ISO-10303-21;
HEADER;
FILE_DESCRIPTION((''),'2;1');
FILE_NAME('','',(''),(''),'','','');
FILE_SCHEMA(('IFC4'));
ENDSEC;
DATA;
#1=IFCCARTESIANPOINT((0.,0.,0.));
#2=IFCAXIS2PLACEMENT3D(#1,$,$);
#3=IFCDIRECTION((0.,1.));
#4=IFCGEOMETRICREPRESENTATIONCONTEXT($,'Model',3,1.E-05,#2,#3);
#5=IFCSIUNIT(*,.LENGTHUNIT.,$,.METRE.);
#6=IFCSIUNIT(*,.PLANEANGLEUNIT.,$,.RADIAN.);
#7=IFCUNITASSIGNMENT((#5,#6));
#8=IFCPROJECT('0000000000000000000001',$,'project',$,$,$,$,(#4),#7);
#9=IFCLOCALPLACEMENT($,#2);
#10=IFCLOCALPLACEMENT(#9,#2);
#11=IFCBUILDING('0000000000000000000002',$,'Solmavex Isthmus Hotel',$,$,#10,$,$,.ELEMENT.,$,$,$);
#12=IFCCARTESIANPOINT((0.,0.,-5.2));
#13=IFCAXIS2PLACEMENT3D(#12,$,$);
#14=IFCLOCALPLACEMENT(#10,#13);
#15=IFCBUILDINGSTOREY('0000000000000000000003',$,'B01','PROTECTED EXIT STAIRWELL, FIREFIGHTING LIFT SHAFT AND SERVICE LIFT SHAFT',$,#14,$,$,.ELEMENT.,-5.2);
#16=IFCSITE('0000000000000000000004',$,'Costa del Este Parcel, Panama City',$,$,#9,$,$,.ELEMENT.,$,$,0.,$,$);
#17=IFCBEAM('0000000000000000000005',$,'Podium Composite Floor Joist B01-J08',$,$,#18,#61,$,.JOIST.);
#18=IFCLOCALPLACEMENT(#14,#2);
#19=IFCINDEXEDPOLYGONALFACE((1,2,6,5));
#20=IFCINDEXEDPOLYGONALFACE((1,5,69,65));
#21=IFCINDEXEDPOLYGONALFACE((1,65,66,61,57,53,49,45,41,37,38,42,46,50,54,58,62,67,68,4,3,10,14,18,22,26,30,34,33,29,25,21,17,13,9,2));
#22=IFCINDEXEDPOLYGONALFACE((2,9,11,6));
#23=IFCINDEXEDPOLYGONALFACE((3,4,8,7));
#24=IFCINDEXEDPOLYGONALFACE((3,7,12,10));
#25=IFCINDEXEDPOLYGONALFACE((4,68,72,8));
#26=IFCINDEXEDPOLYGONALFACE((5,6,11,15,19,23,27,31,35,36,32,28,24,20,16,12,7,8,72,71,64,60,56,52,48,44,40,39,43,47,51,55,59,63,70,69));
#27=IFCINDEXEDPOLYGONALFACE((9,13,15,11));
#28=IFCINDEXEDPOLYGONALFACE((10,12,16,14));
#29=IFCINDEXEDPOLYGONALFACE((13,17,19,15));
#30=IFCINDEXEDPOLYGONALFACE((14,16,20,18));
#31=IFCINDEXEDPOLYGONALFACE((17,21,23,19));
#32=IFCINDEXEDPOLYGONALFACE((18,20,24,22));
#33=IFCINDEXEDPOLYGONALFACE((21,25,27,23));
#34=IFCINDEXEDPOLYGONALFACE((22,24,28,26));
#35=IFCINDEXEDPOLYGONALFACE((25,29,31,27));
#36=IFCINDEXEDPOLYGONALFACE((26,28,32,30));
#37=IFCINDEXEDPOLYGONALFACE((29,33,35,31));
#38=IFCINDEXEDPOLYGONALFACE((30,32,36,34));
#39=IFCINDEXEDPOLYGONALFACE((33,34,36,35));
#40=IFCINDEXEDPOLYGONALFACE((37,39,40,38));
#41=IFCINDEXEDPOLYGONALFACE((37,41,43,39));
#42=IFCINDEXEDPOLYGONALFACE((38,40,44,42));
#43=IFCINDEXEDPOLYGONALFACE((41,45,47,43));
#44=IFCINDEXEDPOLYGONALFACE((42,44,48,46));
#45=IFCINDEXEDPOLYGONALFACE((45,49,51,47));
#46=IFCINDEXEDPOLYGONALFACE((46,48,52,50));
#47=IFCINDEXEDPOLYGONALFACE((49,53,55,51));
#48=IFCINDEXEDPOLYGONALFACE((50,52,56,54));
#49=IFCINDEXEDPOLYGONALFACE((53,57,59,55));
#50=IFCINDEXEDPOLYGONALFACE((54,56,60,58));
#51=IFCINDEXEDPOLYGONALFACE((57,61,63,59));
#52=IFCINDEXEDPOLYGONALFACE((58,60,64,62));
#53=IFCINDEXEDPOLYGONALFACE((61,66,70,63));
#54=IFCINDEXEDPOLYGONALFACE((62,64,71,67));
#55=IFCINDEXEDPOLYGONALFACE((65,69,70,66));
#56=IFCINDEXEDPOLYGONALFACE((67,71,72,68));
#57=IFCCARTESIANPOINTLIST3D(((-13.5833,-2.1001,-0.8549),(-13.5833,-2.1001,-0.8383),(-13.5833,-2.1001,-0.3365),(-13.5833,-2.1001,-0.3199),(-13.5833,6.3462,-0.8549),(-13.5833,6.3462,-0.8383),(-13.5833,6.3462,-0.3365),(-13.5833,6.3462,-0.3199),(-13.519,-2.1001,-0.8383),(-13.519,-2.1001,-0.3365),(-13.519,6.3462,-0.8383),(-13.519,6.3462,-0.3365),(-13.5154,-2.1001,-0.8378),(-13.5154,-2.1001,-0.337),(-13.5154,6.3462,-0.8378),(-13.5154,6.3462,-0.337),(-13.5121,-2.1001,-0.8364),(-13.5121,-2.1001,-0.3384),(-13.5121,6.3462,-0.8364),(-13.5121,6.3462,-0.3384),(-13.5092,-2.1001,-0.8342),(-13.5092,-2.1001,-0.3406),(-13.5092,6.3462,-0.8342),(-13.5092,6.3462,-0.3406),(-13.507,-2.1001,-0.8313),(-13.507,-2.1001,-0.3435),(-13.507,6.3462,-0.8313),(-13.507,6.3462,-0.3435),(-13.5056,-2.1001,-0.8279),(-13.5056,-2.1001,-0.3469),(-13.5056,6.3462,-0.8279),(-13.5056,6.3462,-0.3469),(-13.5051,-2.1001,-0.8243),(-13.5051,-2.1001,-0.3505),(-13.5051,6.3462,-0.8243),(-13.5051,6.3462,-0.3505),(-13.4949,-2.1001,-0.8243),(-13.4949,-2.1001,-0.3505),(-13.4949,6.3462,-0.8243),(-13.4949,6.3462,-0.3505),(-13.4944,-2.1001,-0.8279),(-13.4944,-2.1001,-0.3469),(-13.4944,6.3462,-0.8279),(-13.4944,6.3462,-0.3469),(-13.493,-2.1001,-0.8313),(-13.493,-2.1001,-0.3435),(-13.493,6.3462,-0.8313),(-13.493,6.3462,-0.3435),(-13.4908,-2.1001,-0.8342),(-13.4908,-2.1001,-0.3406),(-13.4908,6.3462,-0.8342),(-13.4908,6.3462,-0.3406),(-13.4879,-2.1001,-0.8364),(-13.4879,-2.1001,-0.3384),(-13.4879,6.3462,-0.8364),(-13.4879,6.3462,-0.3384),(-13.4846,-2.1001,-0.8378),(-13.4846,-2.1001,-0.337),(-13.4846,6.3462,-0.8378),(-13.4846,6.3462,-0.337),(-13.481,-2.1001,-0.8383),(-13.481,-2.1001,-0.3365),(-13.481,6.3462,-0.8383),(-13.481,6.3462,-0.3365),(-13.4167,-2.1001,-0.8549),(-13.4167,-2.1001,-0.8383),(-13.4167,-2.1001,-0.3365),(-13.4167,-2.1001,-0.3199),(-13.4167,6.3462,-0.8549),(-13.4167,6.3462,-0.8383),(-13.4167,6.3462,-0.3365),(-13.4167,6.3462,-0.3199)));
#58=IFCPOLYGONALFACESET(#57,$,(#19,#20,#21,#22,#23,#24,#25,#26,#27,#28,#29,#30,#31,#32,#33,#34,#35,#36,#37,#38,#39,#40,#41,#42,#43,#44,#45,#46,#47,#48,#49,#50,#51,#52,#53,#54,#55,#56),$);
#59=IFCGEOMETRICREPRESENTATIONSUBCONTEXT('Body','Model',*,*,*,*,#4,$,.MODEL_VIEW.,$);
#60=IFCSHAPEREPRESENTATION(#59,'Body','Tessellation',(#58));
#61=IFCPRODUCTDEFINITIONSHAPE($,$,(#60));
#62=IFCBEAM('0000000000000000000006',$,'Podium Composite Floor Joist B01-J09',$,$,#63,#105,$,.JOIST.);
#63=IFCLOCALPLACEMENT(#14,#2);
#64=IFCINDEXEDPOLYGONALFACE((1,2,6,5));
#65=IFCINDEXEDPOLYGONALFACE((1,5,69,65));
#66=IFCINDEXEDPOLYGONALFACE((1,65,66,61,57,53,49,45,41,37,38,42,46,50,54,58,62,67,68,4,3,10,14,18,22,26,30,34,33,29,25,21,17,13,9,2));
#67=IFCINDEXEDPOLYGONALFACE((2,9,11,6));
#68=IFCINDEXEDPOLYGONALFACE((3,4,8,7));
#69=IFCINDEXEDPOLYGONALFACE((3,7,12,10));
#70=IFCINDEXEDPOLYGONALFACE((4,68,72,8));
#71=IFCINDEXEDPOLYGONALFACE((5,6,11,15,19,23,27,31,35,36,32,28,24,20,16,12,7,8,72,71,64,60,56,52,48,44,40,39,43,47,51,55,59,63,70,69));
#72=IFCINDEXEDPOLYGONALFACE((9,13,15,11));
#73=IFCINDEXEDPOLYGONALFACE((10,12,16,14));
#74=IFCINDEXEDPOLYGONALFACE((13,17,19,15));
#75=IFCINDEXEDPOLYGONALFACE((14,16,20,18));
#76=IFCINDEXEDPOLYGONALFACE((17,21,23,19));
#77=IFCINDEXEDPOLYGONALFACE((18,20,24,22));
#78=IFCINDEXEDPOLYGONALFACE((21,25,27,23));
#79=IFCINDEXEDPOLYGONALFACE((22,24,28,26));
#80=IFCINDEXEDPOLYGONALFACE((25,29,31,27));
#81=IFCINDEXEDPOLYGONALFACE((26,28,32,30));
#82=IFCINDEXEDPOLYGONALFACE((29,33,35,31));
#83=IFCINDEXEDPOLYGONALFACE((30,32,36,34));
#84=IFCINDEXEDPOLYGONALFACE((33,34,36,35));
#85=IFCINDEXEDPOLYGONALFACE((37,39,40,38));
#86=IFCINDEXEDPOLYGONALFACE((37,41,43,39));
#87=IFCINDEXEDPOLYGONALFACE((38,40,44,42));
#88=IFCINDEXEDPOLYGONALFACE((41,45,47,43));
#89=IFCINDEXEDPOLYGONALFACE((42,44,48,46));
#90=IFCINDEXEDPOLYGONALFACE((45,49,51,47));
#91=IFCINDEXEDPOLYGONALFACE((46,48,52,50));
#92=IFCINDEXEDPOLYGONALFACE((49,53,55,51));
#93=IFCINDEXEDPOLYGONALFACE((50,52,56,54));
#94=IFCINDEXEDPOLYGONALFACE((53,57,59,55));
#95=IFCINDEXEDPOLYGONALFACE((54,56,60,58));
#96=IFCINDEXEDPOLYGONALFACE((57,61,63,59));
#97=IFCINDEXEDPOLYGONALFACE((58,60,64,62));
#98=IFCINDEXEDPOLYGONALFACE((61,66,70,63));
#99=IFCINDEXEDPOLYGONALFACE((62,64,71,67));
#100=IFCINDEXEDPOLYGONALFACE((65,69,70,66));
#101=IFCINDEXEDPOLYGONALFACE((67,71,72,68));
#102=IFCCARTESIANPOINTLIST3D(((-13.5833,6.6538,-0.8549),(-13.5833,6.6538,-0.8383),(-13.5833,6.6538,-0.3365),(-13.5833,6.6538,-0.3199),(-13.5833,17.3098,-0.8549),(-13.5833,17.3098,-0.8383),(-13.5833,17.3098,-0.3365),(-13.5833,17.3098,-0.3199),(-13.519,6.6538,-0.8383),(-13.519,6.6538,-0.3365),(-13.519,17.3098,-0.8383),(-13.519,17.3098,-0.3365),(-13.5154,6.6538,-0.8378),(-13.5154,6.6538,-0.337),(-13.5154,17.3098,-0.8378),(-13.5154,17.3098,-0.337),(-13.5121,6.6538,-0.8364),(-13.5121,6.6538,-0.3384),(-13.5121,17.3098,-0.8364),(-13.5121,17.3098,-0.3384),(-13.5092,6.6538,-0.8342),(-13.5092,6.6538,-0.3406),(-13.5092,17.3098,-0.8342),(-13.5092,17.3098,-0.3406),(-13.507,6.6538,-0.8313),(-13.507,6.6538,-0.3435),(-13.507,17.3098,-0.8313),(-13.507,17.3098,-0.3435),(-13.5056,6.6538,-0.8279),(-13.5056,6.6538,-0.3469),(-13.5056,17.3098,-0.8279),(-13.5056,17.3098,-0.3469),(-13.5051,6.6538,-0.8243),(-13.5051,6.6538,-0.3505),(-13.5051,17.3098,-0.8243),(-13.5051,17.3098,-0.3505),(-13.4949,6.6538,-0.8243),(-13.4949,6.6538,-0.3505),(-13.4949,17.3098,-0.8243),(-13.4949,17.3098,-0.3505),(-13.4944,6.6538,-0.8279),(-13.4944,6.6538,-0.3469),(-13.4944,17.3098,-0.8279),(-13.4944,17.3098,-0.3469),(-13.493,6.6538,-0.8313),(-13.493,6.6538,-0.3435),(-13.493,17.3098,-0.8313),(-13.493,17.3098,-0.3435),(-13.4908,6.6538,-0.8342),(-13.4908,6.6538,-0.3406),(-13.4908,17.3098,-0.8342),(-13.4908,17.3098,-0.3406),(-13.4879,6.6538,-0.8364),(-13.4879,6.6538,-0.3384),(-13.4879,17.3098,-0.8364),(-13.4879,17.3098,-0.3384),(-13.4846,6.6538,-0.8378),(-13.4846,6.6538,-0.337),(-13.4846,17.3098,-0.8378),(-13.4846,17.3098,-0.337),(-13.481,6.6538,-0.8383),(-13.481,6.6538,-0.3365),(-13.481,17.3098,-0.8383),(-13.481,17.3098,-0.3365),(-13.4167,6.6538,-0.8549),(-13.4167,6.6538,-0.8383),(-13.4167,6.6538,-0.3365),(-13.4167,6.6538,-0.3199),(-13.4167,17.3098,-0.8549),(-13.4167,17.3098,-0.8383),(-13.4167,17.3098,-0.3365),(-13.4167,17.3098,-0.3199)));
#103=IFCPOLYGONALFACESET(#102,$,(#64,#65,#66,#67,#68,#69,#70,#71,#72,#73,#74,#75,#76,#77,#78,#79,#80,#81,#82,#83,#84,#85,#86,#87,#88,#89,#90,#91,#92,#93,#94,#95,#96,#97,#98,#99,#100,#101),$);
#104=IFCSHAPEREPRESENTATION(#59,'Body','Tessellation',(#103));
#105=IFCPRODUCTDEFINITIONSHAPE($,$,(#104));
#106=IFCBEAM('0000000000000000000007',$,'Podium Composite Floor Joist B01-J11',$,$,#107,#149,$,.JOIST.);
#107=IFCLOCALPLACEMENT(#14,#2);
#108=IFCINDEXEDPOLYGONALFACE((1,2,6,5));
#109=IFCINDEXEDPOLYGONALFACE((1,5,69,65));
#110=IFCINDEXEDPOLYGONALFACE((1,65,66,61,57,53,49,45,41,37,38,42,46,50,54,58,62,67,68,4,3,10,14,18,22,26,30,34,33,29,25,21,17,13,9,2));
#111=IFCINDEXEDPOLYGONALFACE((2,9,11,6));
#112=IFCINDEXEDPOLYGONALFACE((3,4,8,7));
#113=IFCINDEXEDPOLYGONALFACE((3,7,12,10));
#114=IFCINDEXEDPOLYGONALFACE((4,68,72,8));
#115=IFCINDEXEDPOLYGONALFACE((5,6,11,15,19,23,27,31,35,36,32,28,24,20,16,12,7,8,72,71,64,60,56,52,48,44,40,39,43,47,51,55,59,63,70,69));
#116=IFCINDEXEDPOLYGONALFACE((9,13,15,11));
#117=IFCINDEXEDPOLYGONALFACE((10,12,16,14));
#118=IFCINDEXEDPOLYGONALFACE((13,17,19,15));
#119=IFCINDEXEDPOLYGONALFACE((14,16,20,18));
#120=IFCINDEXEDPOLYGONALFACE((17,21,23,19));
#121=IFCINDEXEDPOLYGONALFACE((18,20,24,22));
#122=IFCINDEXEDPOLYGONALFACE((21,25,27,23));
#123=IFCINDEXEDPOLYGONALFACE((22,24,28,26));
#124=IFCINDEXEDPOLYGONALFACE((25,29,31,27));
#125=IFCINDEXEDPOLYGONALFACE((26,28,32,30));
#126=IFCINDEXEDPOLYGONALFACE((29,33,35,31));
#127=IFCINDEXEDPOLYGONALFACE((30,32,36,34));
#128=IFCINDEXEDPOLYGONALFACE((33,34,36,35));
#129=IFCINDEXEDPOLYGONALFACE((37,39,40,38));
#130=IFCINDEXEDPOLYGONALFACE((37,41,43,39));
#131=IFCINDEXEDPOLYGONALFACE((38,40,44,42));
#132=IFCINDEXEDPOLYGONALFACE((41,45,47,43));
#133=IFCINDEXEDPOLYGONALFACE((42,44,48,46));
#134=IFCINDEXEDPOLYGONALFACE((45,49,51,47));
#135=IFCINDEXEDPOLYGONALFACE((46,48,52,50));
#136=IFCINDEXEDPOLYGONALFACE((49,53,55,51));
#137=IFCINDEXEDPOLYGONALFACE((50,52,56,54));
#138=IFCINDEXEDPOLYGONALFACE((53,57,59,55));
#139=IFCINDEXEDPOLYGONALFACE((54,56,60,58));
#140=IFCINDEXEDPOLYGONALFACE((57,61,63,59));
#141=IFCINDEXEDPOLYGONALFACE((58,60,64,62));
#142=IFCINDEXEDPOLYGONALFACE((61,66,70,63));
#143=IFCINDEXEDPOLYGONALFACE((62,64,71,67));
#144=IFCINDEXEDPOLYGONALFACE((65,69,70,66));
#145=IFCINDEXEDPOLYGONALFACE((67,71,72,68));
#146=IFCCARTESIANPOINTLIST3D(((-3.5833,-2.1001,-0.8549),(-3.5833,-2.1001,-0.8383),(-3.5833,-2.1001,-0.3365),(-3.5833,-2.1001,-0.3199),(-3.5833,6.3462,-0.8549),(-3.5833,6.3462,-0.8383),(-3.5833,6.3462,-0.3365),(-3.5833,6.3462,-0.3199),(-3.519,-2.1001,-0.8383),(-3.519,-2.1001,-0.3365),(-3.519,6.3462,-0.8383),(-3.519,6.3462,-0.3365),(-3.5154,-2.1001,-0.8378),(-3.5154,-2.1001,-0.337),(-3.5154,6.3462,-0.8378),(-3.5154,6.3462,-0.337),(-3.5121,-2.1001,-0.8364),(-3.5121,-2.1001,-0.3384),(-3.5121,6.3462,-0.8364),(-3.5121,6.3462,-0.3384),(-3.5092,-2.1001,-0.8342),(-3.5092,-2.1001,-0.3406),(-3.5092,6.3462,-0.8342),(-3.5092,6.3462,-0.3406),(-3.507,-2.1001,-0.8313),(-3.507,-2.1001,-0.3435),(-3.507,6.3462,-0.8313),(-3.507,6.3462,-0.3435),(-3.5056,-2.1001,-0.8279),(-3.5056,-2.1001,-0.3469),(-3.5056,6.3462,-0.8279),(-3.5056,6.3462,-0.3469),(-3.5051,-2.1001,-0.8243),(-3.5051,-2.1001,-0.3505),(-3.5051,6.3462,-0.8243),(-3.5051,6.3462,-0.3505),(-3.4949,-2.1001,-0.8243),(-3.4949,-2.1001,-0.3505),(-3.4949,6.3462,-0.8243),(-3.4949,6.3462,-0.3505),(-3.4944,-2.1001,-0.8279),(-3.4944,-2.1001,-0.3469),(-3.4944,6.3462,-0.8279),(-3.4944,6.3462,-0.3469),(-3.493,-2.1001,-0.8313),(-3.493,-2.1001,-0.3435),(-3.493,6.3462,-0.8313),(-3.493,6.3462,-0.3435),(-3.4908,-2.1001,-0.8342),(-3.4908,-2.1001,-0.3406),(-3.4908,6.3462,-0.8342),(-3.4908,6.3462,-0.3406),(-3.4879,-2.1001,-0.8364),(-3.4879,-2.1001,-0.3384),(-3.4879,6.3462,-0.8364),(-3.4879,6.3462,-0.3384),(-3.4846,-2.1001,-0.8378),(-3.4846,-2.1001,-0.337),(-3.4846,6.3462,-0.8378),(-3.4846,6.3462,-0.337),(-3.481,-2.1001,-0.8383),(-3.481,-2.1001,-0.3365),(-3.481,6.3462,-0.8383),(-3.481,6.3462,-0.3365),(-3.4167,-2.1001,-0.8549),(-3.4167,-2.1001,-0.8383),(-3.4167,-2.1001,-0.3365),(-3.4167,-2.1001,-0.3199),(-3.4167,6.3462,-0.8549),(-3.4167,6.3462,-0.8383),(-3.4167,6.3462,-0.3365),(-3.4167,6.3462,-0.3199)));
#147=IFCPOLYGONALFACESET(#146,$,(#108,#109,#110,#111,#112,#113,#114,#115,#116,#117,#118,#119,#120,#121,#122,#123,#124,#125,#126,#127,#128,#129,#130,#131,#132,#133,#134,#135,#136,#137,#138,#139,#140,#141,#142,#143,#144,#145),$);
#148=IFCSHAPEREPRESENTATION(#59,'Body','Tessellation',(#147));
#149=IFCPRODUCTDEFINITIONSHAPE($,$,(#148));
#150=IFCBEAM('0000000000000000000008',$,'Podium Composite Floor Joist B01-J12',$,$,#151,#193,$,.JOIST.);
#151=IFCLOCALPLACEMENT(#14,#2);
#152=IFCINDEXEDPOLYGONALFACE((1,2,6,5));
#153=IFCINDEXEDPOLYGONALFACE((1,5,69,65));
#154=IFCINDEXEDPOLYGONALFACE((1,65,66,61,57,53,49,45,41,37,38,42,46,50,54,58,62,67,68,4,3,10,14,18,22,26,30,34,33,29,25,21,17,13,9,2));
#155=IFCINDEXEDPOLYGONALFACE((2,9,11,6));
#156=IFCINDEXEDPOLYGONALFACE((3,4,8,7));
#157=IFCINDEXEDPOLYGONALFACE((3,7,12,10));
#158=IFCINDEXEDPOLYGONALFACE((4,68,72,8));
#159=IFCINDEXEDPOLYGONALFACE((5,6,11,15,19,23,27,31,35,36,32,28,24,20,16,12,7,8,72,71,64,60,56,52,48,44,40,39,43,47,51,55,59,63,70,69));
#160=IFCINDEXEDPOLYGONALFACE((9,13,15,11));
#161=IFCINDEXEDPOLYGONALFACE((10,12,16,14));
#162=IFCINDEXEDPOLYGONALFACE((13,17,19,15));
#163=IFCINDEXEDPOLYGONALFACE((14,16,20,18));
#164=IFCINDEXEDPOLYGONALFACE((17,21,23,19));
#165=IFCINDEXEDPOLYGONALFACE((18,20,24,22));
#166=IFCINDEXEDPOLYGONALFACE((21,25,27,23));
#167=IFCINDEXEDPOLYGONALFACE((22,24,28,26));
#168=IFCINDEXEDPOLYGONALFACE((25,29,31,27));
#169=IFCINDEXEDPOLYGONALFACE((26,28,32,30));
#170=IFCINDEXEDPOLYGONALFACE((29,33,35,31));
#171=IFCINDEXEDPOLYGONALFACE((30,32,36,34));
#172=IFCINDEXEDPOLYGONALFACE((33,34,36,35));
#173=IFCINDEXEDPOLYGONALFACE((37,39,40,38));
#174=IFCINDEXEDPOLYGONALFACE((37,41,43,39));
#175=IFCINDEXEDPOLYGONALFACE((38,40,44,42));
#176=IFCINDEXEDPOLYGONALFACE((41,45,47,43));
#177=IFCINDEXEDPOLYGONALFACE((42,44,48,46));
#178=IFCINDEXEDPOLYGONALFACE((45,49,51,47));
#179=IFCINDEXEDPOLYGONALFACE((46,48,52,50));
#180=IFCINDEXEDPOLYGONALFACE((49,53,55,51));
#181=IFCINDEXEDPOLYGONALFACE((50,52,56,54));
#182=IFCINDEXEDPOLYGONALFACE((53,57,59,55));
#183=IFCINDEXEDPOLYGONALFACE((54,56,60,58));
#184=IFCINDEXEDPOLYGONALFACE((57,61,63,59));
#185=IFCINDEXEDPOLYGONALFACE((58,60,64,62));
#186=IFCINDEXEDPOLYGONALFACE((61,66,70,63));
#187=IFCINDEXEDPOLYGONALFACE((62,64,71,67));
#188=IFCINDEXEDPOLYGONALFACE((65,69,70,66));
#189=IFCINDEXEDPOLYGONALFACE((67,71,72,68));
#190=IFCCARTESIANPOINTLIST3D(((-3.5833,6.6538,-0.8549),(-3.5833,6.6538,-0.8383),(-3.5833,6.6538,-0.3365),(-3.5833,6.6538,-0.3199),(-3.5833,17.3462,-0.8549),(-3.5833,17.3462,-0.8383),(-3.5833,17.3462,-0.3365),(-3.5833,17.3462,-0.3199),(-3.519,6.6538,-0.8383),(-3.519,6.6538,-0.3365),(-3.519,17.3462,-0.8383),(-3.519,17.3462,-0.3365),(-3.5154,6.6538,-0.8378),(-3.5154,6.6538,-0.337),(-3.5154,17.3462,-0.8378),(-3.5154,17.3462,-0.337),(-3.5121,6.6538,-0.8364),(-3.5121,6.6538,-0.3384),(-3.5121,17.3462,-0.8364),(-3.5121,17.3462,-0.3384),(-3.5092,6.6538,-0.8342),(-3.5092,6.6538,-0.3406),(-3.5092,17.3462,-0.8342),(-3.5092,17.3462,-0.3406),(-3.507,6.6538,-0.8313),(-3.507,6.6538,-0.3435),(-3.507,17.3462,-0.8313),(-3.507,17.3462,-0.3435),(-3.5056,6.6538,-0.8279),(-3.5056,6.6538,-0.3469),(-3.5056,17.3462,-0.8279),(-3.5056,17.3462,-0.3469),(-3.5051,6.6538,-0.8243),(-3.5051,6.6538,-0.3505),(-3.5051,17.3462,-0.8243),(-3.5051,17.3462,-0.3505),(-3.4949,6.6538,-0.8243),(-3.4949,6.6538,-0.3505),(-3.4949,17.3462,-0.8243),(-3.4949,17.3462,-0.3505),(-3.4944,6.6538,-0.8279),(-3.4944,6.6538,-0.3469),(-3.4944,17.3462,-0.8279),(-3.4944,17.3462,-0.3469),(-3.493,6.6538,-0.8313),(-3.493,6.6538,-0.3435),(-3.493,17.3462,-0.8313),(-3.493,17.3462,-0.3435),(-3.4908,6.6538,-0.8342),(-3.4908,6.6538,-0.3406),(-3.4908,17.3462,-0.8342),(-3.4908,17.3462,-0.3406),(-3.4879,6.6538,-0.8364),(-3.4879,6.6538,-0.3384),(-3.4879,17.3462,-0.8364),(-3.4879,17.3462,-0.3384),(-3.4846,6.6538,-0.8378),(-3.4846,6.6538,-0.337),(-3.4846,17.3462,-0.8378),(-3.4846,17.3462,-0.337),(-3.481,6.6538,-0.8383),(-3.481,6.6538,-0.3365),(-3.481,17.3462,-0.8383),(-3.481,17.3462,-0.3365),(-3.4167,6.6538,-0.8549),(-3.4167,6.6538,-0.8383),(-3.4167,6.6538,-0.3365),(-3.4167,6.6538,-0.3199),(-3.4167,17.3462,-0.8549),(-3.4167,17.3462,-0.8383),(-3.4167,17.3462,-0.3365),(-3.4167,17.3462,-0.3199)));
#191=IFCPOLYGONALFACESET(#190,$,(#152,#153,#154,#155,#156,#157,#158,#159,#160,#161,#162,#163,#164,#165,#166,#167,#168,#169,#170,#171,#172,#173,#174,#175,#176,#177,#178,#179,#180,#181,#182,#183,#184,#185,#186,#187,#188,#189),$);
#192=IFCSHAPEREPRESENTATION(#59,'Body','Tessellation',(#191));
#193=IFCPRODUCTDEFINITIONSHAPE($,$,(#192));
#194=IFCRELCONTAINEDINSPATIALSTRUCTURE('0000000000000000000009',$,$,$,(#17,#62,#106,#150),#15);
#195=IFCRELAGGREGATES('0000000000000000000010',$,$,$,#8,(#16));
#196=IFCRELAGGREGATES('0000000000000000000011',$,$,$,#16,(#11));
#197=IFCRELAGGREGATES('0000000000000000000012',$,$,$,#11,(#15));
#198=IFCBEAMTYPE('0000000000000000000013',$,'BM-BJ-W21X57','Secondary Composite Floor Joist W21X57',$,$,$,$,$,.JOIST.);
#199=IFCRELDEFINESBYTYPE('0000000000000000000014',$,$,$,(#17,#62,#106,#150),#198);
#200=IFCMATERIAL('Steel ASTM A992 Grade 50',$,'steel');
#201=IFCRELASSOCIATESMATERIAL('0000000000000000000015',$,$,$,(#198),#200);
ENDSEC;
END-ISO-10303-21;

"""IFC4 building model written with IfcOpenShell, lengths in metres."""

from ifc_helpers import new_model, si_unit, direction, frame, origin, origin_2d, place, context, subcontext, project, spatial, i_section, extrude, material, material_profile, profile_set, type_object, element, save


model = new_model("IFC4")

# Units and contexts
model_context = context("Model", 3, precision=1e-05, world=origin(), true_north=direction((0.0, 1.0)))
body_context = subcontext(model_context, "Body", "Model", "MODEL_VIEW")
ifc_project = project(units=[si_unit("LENGTHUNIT", "METRE"), si_unit("PLANEANGLEUNIT", "RADIAN")], contexts=[model_context])

# Site, building, storey
site_placement = place(None, origin())
site = spatial("IfcSite", under=ifc_project, at=site_placement, Name="Costa del Este Parcel, Panama City", CompositionType="ELEMENT", RefElevation=0.0)
building_placement = place(site_placement, origin())
building = spatial("IfcBuilding", under=site, at=building_placement, Name="Solmavex Isthmus Hotel", CompositionType="ELEMENT")
storey_placement = place(building_placement, frame((0.0, 0.0, -5.2)))
storey = spatial("IfcBuildingStorey", under=building, at=storey_placement, Name="B01", Description="PROTECTED EXIT STAIRWELL, FIREFIGHTING LIFT SHAFT AND SERVICE LIFT SHAFT", CompositionType="ELEMENT", Elevation=-5.2)

# Beams
ifc_material_1 = material(Name="Steel ASTM A992 Grade 50", Category="steel")
ifc_material_profile_1 = material_profile(ifc_material_1, i_section(OverallWidth=0.1665, OverallDepth=0.5349, WebThickness=0.0103, FlangeThickness=0.0166, FilletRadius=0.0139, at=origin_2d()), Name="W21X57")
ifc_profile_set_1 = profile_set([ifc_material_profile_1], Name="Steel ASTM A992 Grade 50")
beam_type_1 = type_object("IfcBeamType", Name="BM-BJ-W21X57", Description="Secondary Composite Floor Joist W21X57", PredefinedType="JOIST", material=ifc_profile_set_1)
beam_1_placement = place(storey_placement, frame((-13.5, -2.1001, -0.5874), z_axis=(0.0, 1.0, 0.0), x_axis=(-1.0, 0.0, 0.0)))
element("IfcBeam", 1, at=beam_1_placement, inside=storey, type_object=beam_type_1, Name="Podium Composite Floor Joist B01-J08", PredefinedType="JOIST", context=body_context, shape_type="SweptSolid", body=[
    extrude(i_section(OverallWidth=0.1665, OverallDepth=0.5349, WebThickness=0.0103, FlangeThickness=0.0166, FilletRadius=0.0139, at=origin_2d()), origin(), (0.0, 0.0, 1.0), 8.4463),
])
beam_2_placement = place(storey_placement, frame((-13.5, 6.6538, -0.5874), z_axis=(0.0, 1.0, 0.0), x_axis=(-1.0, 0.0, 0.0)))
element("IfcBeam", 2, at=beam_2_placement, inside=storey, type_object=beam_type_1, Name="Podium Composite Floor Joist B01-J09", PredefinedType="JOIST", context=body_context, shape_type="SweptSolid", body=[
    extrude(i_section(OverallWidth=0.1665, OverallDepth=0.5349, WebThickness=0.0103, FlangeThickness=0.0166, FilletRadius=0.0139, at=origin_2d()), origin(), (0.0, 0.0, 1.0), 10.656),
])
beam_3_placement = place(storey_placement, frame((-3.5, -2.1001, -0.5874), z_axis=(0.0, 1.0, 0.0), x_axis=(-1.0, 0.0, 0.0)))
element("IfcBeam", 3, at=beam_3_placement, inside=storey, type_object=beam_type_1, Name="Podium Composite Floor Joist B01-J11", PredefinedType="JOIST", context=body_context, shape_type="SweptSolid", body=[
    extrude(i_section(OverallWidth=0.1665, OverallDepth=0.5349, WebThickness=0.0103, FlangeThickness=0.0166, FilletRadius=0.0139, at=origin_2d()), origin(), (0.0, 0.0, 1.0), 8.4463),
])
beam_4_placement = place(storey_placement, frame((-3.5, 6.6538, -0.5874), z_axis=(0.0, 1.0, 0.0), x_axis=(-1.0, 0.0, 0.0)))
element("IfcBeam", 4, at=beam_4_placement, inside=storey, type_object=beam_type_1, Name="Podium Composite Floor Joist B01-J12", PredefinedType="JOIST", context=body_context, shape_type="SweptSolid", body=[
    extrude(i_section(OverallWidth=0.1665, OverallDepth=0.5349, WebThickness=0.0103, FlangeThickness=0.0166, FilletRadius=0.0139, at=origin_2d()), origin(), (0.0, 0.0, 1.0), 10.6924),
])

save(model, "model.ifc")
